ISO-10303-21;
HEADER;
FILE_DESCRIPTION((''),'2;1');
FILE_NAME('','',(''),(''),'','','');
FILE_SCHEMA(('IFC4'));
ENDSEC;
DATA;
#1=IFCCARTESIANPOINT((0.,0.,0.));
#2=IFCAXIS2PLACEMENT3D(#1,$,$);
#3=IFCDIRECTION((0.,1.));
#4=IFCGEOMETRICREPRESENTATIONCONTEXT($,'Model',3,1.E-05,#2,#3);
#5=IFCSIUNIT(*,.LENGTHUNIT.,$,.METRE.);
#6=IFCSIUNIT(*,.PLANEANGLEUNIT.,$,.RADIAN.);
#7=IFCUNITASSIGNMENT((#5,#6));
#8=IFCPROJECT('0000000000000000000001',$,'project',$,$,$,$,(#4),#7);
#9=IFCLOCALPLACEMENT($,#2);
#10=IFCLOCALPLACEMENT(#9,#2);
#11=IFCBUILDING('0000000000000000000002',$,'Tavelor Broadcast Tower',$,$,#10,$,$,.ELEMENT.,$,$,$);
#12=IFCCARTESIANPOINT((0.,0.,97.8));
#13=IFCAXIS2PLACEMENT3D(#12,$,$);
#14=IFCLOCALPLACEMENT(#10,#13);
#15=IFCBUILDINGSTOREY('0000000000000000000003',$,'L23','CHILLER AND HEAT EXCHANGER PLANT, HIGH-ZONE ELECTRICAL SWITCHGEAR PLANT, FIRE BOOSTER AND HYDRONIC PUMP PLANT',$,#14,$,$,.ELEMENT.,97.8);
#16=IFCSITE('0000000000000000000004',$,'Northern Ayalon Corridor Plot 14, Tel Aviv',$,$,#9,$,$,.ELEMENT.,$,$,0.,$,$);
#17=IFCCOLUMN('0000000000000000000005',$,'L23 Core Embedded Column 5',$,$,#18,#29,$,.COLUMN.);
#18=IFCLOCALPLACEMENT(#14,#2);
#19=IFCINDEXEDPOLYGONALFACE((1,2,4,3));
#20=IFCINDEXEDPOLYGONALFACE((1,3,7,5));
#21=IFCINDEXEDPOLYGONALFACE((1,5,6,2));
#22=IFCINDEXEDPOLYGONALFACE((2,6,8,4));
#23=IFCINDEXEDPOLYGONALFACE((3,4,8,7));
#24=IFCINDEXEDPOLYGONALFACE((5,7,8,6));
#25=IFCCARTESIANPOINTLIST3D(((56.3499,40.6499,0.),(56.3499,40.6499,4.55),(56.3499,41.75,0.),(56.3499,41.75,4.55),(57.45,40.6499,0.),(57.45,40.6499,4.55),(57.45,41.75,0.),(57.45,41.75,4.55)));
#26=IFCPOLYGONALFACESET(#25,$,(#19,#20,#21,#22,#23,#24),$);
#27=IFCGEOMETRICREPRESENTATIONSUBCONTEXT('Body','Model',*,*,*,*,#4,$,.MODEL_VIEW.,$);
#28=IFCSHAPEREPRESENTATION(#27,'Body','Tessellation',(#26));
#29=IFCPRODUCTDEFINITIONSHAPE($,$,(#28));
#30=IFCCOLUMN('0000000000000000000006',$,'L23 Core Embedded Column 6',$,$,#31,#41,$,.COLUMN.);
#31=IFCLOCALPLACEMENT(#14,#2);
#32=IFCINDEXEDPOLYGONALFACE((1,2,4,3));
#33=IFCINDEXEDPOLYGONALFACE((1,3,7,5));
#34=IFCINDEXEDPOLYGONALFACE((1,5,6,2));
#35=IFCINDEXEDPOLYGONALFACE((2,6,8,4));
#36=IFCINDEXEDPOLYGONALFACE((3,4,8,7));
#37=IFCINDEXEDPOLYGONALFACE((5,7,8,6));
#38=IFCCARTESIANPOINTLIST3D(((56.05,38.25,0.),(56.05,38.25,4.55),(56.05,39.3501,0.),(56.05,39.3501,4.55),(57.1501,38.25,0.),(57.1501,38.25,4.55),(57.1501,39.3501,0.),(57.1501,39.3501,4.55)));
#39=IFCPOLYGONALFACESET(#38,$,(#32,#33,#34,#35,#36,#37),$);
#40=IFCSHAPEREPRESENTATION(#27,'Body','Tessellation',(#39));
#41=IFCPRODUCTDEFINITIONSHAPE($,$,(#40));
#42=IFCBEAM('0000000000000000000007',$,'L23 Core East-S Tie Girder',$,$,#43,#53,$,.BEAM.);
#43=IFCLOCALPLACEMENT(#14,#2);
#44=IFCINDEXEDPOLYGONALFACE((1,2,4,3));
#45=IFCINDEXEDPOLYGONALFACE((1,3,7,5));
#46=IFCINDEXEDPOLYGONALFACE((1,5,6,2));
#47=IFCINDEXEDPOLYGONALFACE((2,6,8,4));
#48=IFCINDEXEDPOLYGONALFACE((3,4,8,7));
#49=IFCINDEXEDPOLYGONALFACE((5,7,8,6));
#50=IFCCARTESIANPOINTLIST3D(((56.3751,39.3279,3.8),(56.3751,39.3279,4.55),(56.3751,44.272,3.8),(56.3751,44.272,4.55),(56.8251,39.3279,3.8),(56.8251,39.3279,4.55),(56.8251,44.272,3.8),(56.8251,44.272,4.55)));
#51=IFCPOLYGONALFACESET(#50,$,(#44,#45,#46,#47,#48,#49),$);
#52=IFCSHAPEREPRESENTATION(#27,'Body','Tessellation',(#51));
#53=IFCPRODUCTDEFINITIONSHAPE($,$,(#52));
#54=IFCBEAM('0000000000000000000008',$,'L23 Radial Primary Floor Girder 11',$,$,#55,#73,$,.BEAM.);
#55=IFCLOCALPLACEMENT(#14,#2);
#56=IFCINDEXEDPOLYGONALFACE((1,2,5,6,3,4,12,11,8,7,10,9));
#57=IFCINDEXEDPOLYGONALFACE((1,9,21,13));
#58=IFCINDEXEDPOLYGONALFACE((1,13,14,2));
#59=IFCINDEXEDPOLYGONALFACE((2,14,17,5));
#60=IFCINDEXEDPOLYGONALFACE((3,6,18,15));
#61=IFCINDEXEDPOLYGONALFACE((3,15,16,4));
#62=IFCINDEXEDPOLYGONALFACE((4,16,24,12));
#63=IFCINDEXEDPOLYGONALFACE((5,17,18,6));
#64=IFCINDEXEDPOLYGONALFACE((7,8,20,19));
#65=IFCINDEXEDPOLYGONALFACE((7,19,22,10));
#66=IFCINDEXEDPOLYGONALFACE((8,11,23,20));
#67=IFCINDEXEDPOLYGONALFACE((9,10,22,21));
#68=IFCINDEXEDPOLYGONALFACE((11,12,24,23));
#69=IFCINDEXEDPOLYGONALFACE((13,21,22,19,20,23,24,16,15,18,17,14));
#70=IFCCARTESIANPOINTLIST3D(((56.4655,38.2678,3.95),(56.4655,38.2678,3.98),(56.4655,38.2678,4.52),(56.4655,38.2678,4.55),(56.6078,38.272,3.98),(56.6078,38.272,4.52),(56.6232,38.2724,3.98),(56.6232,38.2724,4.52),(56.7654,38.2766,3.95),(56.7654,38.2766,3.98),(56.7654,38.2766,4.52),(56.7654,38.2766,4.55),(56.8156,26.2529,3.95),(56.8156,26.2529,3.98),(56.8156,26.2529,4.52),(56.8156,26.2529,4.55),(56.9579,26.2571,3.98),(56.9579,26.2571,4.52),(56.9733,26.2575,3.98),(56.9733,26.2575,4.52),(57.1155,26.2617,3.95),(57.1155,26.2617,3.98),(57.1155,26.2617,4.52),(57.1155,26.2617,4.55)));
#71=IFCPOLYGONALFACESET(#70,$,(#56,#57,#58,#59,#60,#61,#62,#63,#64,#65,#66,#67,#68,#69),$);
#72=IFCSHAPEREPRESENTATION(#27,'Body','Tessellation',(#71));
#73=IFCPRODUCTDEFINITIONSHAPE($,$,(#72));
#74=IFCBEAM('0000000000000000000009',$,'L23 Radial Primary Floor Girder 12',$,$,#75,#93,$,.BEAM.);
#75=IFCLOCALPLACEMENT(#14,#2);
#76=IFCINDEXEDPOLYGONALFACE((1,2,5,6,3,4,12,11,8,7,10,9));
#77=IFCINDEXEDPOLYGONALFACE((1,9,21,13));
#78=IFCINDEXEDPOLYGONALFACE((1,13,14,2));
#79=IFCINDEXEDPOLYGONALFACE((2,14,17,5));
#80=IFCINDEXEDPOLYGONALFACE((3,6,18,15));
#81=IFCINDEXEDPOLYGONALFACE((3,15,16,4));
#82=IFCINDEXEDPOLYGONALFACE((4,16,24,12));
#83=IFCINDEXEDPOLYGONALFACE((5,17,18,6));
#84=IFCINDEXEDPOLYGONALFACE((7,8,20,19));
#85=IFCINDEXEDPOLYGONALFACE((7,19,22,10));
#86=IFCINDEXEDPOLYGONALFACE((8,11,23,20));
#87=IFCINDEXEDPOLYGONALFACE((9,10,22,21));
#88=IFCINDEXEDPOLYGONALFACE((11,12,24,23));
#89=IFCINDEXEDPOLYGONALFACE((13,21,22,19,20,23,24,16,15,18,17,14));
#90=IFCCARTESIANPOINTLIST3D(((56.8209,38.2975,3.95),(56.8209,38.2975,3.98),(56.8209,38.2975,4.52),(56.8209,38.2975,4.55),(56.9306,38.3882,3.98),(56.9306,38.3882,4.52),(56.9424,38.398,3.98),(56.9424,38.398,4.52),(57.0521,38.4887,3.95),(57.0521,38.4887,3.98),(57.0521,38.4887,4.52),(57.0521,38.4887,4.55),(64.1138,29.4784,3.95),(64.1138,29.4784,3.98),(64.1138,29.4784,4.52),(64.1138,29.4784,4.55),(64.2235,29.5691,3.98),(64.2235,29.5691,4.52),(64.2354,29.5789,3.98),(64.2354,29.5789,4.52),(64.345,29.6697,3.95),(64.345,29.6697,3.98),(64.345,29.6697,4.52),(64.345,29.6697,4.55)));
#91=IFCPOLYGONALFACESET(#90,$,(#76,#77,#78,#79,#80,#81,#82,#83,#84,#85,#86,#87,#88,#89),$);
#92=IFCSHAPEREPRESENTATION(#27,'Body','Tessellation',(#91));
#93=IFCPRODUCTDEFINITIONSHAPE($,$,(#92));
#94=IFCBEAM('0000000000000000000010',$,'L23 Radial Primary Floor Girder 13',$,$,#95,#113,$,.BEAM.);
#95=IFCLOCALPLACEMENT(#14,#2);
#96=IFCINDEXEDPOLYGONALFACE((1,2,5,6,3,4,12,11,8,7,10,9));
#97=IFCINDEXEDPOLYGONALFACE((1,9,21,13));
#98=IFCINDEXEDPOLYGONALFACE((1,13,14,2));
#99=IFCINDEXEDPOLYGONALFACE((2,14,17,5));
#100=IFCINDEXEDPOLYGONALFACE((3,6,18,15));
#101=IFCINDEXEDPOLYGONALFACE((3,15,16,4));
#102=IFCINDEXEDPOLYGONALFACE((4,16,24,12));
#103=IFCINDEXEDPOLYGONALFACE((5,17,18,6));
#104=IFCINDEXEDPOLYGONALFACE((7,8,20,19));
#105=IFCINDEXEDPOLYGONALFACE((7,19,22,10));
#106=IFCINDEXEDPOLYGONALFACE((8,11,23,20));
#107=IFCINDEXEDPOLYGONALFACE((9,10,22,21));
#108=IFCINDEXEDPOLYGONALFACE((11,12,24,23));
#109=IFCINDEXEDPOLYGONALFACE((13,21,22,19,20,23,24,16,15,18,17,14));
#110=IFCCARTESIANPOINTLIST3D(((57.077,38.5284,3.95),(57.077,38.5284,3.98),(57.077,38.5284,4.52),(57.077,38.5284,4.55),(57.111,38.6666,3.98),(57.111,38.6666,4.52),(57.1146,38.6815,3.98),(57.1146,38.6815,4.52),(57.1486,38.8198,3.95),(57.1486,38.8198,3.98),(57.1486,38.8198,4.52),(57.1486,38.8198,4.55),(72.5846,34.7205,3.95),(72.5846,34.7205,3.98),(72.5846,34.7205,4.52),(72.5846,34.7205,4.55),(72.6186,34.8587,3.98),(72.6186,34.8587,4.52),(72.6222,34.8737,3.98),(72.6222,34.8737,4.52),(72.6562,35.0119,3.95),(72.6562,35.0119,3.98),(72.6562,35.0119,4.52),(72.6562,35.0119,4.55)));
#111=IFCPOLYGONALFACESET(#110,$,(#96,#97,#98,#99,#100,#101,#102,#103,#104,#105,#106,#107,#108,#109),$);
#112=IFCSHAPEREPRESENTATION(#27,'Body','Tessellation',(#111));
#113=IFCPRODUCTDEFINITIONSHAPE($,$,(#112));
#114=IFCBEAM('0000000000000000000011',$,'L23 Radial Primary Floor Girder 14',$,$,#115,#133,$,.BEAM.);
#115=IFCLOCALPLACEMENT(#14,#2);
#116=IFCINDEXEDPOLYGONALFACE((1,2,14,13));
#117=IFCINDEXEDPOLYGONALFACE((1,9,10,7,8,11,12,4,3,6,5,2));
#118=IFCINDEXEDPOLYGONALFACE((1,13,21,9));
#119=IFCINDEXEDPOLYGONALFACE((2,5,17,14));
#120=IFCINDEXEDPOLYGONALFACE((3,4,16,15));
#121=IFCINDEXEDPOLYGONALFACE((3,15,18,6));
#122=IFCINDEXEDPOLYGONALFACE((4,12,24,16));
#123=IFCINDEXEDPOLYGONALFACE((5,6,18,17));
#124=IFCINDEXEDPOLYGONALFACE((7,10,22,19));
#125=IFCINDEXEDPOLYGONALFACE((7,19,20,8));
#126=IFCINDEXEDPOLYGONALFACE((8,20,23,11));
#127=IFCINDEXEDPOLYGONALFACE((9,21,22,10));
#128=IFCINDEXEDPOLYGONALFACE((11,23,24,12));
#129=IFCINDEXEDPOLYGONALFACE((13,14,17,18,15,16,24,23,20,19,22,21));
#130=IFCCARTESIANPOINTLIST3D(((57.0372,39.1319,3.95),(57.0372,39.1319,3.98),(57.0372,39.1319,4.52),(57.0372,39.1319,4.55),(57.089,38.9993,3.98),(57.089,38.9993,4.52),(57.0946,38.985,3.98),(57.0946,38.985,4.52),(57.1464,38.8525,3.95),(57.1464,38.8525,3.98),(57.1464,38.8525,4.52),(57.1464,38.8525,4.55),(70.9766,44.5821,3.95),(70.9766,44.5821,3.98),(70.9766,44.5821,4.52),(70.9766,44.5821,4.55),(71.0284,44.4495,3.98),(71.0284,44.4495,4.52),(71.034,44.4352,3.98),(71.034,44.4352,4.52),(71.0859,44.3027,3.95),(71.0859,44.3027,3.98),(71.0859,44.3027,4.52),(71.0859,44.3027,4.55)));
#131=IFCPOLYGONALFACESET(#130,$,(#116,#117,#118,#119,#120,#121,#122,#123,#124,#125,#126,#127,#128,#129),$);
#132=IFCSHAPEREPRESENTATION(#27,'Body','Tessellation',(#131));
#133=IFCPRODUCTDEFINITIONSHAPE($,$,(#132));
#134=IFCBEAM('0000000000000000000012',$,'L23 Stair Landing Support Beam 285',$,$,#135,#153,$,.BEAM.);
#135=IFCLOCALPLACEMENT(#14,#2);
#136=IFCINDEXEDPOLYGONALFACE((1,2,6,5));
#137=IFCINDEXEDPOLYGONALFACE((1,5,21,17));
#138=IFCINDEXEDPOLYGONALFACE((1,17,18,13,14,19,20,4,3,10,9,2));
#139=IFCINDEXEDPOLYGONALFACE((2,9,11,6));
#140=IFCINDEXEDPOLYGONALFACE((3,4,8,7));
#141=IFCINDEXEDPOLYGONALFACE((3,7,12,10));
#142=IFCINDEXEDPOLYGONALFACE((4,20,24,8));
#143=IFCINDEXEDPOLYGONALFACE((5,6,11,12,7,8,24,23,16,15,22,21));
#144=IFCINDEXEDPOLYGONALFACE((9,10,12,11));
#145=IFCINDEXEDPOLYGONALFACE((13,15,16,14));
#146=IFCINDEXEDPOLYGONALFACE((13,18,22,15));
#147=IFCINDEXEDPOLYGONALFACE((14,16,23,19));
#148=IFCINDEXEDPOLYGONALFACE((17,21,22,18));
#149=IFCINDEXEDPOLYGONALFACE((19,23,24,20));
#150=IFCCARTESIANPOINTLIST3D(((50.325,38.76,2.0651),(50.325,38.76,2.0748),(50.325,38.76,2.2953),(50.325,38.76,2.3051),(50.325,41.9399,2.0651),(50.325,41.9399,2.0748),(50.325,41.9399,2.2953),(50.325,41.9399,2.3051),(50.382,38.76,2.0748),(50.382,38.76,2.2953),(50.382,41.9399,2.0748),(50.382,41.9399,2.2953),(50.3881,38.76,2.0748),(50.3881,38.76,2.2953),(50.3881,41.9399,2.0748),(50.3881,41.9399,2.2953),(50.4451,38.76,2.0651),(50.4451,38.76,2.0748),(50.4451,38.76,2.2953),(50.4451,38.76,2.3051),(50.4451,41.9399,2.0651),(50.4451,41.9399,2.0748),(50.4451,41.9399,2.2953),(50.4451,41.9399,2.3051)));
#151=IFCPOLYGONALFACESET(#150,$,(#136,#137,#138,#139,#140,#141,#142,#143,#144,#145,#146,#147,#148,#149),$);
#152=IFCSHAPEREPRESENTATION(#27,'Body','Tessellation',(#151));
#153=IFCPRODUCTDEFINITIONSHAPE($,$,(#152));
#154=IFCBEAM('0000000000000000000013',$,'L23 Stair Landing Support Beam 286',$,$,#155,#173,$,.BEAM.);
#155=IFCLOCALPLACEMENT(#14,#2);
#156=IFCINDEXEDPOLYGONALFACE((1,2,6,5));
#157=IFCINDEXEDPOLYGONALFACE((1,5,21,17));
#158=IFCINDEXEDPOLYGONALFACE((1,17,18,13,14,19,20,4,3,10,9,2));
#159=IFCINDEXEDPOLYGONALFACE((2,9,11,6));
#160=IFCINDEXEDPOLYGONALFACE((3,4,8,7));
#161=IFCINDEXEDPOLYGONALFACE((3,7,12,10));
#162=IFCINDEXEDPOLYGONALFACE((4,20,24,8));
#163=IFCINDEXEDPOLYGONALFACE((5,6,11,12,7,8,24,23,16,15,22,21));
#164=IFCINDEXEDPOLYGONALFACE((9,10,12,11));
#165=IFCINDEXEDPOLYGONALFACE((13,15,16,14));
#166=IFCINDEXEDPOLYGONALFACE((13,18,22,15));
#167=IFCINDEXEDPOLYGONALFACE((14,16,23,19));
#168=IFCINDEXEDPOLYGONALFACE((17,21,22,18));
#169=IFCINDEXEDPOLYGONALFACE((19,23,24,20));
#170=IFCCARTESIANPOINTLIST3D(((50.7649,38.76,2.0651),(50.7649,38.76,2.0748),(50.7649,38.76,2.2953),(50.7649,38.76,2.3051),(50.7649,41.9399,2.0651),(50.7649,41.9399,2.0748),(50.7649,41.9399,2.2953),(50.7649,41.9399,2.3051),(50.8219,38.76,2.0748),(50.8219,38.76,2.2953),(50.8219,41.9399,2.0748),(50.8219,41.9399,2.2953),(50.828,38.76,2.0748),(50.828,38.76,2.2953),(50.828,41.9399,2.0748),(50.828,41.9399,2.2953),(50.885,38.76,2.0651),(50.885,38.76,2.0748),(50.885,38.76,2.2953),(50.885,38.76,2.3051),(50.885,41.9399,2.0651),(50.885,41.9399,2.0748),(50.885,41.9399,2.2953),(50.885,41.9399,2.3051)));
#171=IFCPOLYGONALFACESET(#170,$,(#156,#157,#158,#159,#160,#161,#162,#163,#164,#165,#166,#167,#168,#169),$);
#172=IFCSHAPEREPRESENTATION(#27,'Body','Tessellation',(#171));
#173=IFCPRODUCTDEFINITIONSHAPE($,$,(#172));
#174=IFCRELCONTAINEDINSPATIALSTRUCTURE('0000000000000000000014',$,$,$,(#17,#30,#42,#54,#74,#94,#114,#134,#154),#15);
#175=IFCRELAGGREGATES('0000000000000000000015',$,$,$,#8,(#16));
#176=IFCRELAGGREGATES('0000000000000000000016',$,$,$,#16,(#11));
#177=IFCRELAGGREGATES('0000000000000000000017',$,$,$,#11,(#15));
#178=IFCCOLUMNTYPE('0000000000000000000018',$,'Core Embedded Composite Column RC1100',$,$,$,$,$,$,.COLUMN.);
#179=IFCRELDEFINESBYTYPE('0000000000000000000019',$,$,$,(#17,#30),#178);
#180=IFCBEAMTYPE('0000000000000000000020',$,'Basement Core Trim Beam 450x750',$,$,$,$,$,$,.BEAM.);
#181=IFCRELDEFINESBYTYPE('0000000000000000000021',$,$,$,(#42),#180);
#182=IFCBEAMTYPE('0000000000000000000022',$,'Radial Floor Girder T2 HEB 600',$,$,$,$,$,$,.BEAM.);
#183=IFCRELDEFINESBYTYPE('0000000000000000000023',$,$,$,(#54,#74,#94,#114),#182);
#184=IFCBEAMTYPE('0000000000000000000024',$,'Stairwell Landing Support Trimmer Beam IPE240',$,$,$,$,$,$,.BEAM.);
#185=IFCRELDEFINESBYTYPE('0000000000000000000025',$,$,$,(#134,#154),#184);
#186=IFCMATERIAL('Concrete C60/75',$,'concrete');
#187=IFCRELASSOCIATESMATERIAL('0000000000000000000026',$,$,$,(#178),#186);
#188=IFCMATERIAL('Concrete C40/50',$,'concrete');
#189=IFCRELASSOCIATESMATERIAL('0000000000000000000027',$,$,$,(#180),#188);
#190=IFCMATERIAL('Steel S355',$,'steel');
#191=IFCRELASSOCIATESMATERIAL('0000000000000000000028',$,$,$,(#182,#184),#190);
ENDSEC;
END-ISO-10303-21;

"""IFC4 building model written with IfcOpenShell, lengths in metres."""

from ifc_helpers import new_model, si_unit, direction, frame, origin, origin_2d, place, context, subcontext, project, spatial, rectangle, i_section, extrude, material, material_profile, profile_set, type_object, element, save


model = new_model("IFC4")

# Units and contexts
model_context = context("Model", 3, precision=1e-05, world=origin(), true_north=direction((0.0, 1.0)))
body_context = subcontext(model_context, "Body", "Model", "MODEL_VIEW")
ifc_project = project(units=[si_unit("LENGTHUNIT", "METRE"), si_unit("PLANEANGLEUNIT", "RADIAN")], contexts=[model_context])

# Site, building, storey
site_placement = place(None, origin())
site = spatial("IfcSite", under=ifc_project, at=site_placement, Name="Northern Ayalon Corridor Plot 14, Tel Aviv", CompositionType="ELEMENT", RefElevation=0.0)
building_placement = place(site_placement, origin())
building = spatial("IfcBuilding", under=site, at=building_placement, Name="Tavelor Broadcast Tower", CompositionType="ELEMENT")
storey_placement = place(building_placement, frame((0.0, 0.0, 97.8)))
storey = spatial("IfcBuildingStorey", under=building, at=storey_placement, Name="L23", Description="CHILLER AND HEAT EXCHANGER PLANT, HIGH-ZONE ELECTRICAL SWITCHGEAR PLANT, FIRE BOOSTER AND HYDRONIC PUMP PLANT", CompositionType="ELEMENT", Elevation=97.8)

# Columns
ifc_material_1 = material(Name="Concrete C60/75", Category="concrete")
ifc_material_profile_1 = material_profile(ifc_material_1, rectangle(XDim=1.1001, YDim=1.1001, at=origin_2d()), Name="RC 1100x1100")
ifc_profile_set_1 = profile_set([ifc_material_profile_1], Name="Concrete C60/75")
column_type = type_object("IfcColumnType", Name="Core Embedded Composite Column RC1100", PredefinedType="COLUMN", material=ifc_profile_set_1)
for number, where, z_axis, x_axis, name in (
    (1, (56.8999, 41.2, 0.0), (0.0, 0.0, 1.0), (1.0, 0.0, 0.0), "L23 Core Embedded Column 5"),
    (2, (56.6001, 38.8, 0.0), (0.0, 0.0, 1.0), (1.0, 0.0, 0.0), "L23 Core Embedded Column 6"),
):
    element("IfcColumn", number, at=place(storey_placement, frame(where, z_axis=z_axis, x_axis=x_axis)), inside=storey, type_object=column_type, Name=name, PredefinedType="COLUMN", context=body_context, shape_type="SweptSolid", body=[
        extrude(rectangle(XDim=1.1001, YDim=1.1001, at=origin_2d()), origin(), (0.0, 0.0, 1.0), 4.55),
    ])

# Beams
ifc_material_2 = material(Name="Concrete C40/50", Category="concrete")
ifc_material_profile_2 = material_profile(ifc_material_2, rectangle(XDim=0.45, YDim=0.75, at=origin_2d()), Name="RC 450x750")
ifc_profile_set_2 = profile_set([ifc_material_profile_2], Name="Concrete C40/50")
beam_type_1 = type_object("IfcBeamType", Name="Basement Core Trim Beam 450x750", PredefinedType="BEAM", material=ifc_profile_set_2)
beam_1_placement = place(storey_placement, frame((56.6001, 39.3279, 4.175), z_axis=(0.0, 1.0, 0.0), x_axis=(-1.0, 0.0, 0.0)))
element("IfcBeam", 3, at=beam_1_placement, inside=storey, type_object=beam_type_1, Name="L23 Core East-S Tie Girder", PredefinedType="BEAM", context=body_context, shape_type="SweptSolid", body=[
    extrude(rectangle(XDim=0.45, YDim=0.75, at=origin_2d()), origin(), (0.0, 0.0, 1.0), 4.9441),
])
ifc_material_3 = material(Name="Steel S355", Category="steel")
ifc_material_profile_3 = material_profile(ifc_material_3, i_section(OverallWidth=0.3, OverallDepth=0.6001, WebThickness=0.0154, FlangeThickness=0.03, at=origin_2d()), Name="HEB 600")
ifc_profile_set_3 = profile_set([ifc_material_profile_3], Name="Steel S355")
beam_type_2 = type_object("IfcBeamType", Name="Radial Floor Girder T2 HEB 600", PredefinedType="BEAM", material=ifc_profile_set_3)
beam_2_placement = place(storey_placement, frame((56.6155, 38.2722, 4.25), z_axis=(0.029126, -0.999576, 0.0), x_axis=(0.999576, 0.029126, 0.0)))
element("IfcBeam", 4, at=beam_2_placement, inside=storey, type_object=beam_type_2, Name="L23 Radial Primary Floor Girder 11", PredefinedType="BEAM", context=body_context, shape_type="SweptSolid", body=[
    extrude(i_section(OverallWidth=0.3, OverallDepth=0.6001, WebThickness=0.0154, FlangeThickness=0.03, at=origin_2d()), origin(), (0.0, 0.0, 1.0), 12.02),
])
beam_3_placement = place(storey_placement, frame((56.9365, 38.3931, 4.25), z_axis=(0.637278, -0.770634, 0.0), x_axis=(0.770634, 0.637278, 0.0)))
element("IfcBeam", 5, at=beam_3_placement, inside=storey, type_object=beam_type_2, Name="L23 Radial Primary Floor Girder 12", PredefinedType="BEAM", context=body_context, shape_type="SweptSolid", body=[
    extrude(i_section(OverallWidth=0.3, OverallDepth=0.6001, WebThickness=0.0154, FlangeThickness=0.03, at=origin_2d()), origin(), (0.0, 0.0, 1.0), 11.4438),
])
beam_4_placement = place(storey_placement, frame((57.1128, 38.6741, 4.25), z_axis=(0.971151, -0.238465, 0.0), x_axis=(0.238465, 0.971151, 0.0)))
element("IfcBeam", 6, at=beam_4_placement, inside=storey, type_object=beam_type_2, Name="L23 Radial Primary Floor Girder 13", PredefinedType="BEAM", context=body_context, shape_type="SweptSolid", body=[
    extrude(i_section(OverallWidth=0.3, OverallDepth=0.6001, WebThickness=0.0154, FlangeThickness=0.03, at=origin_2d()), origin(), (0.0, 0.0, 1.0), 15.9683),
])
beam_5_placement = place(storey_placement, frame((57.0918, 38.9922, 4.25), z_axis=(0.931342, 0.364146, 0.0), x_axis=(-0.364146, 0.931342, 0.0)))
element("IfcBeam", 7, at=beam_5_placement, inside=storey, type_object=beam_type_2, Name="L23 Radial Primary Floor Girder 14", PredefinedType="BEAM", context=body_context, shape_type="SweptSolid", body=[
    extrude(i_section(OverallWidth=0.3, OverallDepth=0.6001, WebThickness=0.0154, FlangeThickness=0.03, at=origin_2d()), origin(), (0.0, 0.0, 1.0), 14.967),
])
ifc_material_profile_4 = material_profile(ifc_material_3, i_section(OverallWidth=0.1201, OverallDepth=0.24, WebThickness=0.0061, FlangeThickness=0.0098, at=origin_2d()), Name="IPE 240")
ifc_profile_set_4 = profile_set([ifc_material_profile_4], Name="Steel S355")
beam_type_3 = type_object("IfcBeamType", Name="Stairwell Landing Support Trimmer Beam IPE240", PredefinedType="BEAM", material=ifc_profile_set_4)
for number, where, z_axis, x_axis, name in (
    (8, (50.385, 38.76, 2.1851), (0.0, 1.0, 0.0), (-1.0, 0.0, 0.0), "L23 Stair Landing Support Beam 285"),
    (9, (50.825, 38.76, 2.1851), (0.0, 1.0, 0.0), (-1.0, 0.0, 0.0), "L23 Stair Landing Support Beam 286"),
):
    element("IfcBeam", number, at=place(storey_placement, frame(where, z_axis=z_axis, x_axis=x_axis)), inside=storey, type_object=beam_type_3, Name=name, PredefinedType="BEAM", context=body_context, shape_type="SweptSolid", body=[
        extrude(i_section(OverallWidth=0.1201, OverallDepth=0.24, WebThickness=0.0061, FlangeThickness=0.0098, at=origin_2d()), origin(), (0.0, 0.0, 1.0), 3.1799),
    ])

save(model, "model.ifc")
